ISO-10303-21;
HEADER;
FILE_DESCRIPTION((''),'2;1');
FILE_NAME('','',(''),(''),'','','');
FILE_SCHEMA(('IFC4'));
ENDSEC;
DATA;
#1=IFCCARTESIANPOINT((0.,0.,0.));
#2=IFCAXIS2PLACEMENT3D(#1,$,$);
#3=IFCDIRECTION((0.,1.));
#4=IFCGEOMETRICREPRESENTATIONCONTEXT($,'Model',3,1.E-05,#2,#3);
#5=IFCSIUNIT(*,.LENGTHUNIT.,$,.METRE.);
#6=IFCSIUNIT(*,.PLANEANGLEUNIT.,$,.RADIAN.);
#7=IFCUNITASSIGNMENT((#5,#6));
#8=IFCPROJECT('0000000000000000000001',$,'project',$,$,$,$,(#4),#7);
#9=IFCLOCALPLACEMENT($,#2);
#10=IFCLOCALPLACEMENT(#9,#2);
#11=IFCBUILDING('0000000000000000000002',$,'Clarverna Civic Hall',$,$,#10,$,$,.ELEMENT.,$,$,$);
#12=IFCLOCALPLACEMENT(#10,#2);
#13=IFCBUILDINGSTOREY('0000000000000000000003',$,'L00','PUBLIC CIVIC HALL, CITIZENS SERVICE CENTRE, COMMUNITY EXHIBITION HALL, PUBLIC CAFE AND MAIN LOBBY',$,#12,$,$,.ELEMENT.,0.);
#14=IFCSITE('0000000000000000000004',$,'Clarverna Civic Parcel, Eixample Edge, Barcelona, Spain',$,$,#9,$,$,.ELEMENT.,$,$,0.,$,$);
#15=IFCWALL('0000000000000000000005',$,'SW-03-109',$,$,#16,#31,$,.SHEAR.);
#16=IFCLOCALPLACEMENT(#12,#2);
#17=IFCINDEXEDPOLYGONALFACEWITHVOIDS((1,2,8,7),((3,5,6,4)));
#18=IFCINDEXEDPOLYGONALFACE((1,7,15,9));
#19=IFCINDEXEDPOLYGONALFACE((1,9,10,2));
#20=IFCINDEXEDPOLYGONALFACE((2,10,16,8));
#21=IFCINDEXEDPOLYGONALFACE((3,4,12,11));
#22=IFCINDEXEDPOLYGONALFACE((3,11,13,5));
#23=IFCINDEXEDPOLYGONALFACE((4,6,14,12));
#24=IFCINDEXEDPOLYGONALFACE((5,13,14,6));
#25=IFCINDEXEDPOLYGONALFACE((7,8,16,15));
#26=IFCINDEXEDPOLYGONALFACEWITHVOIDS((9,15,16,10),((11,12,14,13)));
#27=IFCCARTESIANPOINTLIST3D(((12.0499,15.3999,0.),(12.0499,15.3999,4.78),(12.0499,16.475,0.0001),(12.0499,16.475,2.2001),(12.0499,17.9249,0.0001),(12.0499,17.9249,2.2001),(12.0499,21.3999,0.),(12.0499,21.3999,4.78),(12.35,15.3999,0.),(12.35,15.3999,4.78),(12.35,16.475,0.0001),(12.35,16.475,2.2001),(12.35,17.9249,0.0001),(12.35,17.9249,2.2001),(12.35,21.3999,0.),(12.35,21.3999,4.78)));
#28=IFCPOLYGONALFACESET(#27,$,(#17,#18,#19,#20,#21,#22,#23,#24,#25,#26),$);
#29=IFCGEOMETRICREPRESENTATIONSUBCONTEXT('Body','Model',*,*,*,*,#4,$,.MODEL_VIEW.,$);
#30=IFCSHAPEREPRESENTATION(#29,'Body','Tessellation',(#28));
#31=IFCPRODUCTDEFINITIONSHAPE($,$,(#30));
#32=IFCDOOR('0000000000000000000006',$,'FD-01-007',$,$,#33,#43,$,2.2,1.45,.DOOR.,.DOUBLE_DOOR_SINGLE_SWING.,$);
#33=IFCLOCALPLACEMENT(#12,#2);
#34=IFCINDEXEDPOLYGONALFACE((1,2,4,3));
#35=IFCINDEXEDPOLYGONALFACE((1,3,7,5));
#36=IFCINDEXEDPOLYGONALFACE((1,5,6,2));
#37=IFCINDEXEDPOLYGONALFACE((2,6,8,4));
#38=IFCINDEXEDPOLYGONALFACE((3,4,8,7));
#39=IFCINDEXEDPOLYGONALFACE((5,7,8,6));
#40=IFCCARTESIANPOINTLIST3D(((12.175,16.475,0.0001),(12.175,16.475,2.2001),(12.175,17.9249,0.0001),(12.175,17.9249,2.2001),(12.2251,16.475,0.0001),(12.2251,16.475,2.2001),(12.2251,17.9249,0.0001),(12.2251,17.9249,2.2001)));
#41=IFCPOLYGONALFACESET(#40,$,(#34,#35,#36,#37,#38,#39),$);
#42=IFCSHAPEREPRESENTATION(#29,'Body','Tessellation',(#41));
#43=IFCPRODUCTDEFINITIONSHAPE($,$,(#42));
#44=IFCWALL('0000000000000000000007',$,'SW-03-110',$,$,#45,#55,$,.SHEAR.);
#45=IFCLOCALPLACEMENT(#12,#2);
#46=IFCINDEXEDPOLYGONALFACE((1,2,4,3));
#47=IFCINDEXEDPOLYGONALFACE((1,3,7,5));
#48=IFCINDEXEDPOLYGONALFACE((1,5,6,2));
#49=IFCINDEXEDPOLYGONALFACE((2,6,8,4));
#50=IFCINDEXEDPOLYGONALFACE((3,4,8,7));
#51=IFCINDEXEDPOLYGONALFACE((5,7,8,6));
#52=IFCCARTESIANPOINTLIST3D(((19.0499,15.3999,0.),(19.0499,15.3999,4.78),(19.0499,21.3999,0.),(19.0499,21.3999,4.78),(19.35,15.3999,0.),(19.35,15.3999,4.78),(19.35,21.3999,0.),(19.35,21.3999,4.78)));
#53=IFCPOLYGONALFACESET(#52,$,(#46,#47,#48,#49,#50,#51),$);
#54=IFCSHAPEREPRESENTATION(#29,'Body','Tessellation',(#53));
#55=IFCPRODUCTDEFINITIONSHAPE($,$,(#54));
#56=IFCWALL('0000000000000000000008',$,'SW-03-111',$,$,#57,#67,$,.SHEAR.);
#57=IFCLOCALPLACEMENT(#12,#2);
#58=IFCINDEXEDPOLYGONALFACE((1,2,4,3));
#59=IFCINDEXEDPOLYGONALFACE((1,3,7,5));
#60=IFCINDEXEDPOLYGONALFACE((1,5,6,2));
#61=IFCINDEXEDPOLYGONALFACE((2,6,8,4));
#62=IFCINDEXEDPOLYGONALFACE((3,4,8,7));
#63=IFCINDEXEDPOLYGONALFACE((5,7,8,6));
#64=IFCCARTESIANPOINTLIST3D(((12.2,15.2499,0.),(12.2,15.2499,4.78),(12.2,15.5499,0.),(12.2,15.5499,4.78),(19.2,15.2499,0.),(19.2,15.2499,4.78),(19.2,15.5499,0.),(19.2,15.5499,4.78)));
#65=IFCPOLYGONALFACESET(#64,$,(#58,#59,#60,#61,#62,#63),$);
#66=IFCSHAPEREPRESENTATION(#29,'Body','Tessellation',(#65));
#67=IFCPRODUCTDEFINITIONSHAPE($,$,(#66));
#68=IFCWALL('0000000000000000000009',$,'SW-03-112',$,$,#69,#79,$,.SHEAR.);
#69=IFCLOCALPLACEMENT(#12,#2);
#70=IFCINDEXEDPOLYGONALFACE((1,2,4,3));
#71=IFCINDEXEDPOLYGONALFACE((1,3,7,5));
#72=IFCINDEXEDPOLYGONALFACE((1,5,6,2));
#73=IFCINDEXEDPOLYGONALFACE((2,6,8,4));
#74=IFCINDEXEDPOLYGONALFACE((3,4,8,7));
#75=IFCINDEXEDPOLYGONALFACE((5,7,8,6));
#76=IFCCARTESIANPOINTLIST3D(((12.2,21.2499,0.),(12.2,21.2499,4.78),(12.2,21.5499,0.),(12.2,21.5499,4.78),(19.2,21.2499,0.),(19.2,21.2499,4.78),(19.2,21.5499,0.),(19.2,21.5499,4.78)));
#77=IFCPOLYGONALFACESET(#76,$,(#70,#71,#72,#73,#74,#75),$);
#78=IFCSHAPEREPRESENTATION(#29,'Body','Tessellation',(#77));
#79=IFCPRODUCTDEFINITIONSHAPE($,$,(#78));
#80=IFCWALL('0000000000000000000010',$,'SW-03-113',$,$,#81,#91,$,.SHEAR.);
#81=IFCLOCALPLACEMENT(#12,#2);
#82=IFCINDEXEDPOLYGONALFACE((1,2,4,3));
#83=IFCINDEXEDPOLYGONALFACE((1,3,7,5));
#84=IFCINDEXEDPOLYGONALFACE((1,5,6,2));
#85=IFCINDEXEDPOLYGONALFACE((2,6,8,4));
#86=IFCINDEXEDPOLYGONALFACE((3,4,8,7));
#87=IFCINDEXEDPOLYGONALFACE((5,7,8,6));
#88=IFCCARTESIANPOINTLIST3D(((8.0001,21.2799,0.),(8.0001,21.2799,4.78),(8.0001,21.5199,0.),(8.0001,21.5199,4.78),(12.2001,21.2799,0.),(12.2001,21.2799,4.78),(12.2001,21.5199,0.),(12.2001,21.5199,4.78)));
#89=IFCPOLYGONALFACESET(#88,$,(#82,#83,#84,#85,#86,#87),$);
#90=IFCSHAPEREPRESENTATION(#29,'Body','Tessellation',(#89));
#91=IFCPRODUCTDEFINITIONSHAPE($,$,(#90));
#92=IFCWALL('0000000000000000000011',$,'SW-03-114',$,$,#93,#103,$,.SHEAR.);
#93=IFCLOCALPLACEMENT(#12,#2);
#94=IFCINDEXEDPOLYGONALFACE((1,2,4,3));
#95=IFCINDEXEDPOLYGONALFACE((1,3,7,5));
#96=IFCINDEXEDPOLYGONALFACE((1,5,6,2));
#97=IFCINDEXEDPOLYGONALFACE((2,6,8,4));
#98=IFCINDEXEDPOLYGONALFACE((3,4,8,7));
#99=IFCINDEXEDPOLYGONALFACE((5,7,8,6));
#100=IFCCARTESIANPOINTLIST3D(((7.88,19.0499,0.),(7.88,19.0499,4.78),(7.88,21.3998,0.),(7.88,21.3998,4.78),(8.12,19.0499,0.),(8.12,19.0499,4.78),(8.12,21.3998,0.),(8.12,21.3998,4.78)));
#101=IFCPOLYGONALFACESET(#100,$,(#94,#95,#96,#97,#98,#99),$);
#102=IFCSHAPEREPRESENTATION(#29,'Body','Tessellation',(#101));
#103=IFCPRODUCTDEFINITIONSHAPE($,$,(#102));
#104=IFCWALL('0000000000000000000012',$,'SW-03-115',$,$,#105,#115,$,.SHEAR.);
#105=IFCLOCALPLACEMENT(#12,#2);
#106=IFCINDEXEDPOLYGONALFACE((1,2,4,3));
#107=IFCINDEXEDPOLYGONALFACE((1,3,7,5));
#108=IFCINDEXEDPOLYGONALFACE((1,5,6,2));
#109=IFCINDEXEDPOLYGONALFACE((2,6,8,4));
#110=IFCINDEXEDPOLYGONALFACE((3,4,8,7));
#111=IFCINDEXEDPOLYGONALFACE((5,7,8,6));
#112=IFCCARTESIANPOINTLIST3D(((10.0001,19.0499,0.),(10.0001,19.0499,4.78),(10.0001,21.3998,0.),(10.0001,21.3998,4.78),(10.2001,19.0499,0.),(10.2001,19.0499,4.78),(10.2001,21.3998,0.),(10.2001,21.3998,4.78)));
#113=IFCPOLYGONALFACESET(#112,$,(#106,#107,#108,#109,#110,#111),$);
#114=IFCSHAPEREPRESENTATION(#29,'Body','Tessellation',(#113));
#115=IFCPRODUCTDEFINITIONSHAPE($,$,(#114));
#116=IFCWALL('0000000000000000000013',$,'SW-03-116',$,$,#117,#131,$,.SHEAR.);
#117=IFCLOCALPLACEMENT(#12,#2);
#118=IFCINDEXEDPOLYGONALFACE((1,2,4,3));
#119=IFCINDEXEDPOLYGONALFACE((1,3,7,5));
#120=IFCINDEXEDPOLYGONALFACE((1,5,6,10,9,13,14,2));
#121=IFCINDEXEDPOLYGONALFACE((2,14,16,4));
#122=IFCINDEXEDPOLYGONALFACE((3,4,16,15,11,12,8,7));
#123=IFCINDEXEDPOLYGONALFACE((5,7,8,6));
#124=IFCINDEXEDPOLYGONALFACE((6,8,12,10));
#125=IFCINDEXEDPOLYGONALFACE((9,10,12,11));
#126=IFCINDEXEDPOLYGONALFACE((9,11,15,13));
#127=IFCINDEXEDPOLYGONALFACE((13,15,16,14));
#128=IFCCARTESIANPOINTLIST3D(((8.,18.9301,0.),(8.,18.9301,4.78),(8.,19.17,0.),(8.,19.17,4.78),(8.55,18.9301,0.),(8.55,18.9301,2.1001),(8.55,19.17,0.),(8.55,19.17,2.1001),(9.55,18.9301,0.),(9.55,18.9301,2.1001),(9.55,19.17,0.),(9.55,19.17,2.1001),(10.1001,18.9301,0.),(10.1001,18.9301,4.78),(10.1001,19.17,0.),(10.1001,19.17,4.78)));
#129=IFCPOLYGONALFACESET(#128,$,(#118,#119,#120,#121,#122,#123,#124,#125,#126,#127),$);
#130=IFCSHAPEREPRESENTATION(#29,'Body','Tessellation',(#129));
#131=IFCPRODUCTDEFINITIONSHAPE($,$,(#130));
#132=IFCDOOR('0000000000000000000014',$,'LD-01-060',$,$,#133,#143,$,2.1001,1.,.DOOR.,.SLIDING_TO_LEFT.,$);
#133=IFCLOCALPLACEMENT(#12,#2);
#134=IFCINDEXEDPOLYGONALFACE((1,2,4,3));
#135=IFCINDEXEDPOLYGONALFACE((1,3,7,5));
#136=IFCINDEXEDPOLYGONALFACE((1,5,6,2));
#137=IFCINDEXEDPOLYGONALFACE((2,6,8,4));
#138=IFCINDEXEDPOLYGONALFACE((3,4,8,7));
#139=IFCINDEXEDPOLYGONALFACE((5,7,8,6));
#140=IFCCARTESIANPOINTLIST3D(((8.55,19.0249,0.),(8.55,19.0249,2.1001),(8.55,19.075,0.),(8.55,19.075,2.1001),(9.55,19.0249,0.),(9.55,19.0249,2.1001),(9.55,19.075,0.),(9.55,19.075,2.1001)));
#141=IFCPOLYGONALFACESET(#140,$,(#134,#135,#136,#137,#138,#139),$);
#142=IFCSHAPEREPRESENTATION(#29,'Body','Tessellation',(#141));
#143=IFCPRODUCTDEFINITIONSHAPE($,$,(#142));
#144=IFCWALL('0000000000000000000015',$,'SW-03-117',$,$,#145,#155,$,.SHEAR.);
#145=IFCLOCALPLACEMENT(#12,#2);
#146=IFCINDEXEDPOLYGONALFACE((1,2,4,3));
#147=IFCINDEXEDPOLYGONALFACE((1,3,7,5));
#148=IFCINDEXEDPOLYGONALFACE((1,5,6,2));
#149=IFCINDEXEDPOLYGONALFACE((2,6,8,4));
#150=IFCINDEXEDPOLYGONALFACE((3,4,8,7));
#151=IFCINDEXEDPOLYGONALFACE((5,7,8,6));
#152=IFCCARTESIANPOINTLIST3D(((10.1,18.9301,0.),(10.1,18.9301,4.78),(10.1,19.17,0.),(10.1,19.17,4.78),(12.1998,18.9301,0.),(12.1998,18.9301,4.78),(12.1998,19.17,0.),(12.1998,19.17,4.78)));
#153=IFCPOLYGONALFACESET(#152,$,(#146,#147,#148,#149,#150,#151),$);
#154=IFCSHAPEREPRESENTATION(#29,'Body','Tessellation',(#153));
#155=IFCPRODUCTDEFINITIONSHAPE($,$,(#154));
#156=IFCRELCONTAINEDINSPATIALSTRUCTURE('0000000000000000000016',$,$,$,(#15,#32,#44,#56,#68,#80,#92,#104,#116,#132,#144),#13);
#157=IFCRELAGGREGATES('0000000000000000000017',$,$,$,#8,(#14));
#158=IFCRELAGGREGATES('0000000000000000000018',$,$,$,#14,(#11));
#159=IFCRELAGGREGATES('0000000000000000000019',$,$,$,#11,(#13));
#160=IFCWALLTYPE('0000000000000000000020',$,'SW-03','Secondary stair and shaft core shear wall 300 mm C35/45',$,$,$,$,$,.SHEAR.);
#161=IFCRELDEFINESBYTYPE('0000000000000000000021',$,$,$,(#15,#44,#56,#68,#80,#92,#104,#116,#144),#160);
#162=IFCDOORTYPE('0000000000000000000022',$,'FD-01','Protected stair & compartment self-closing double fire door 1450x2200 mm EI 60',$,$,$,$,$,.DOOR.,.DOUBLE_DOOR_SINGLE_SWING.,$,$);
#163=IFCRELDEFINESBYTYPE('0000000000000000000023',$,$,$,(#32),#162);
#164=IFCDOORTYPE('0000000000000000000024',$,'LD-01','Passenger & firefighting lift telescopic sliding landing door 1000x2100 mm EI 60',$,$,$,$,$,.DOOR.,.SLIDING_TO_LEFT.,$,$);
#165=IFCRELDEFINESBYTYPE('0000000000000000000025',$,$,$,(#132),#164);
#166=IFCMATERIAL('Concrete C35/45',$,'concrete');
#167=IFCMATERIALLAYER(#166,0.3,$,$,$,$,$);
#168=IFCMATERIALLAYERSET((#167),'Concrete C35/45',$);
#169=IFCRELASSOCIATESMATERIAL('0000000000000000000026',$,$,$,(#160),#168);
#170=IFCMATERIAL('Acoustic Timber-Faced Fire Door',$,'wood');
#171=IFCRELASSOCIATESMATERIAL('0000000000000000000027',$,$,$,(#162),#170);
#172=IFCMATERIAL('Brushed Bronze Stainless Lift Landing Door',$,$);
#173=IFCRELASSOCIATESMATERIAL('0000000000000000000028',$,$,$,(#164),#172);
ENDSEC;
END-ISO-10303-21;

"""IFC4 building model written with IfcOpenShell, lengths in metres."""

from ifc_helpers import new_model, si_unit, direction, frame, frame_2d, origin, place, context, subcontext, project, spatial, rectangle, extrude, material, layer, layer_set, type_object, element, fill, save


model = new_model("IFC4")

# Units and contexts
model_context = context("Model", 3, precision=1e-05, world=origin(), true_north=direction((0.0, 1.0)))
body_context = subcontext(model_context, "Body", "Model", "MODEL_VIEW")
ifc_project = project(units=[si_unit("LENGTHUNIT", "METRE"), si_unit("PLANEANGLEUNIT", "RADIAN")], contexts=[model_context])

# Site, building, storey
site_placement = place(None, origin())
site = spatial("IfcSite", under=ifc_project, at=site_placement, Name="Clarverna Civic Parcel, Eixample Edge, Barcelona, Spain", CompositionType="ELEMENT", RefElevation=0.0)
building_placement = place(site_placement, origin())
building = spatial("IfcBuilding", under=site, at=building_placement, Name="Clarverna Civic Hall", CompositionType="ELEMENT")
storey_placement = place(building_placement, origin())
storey = spatial("IfcBuildingStorey", under=building, at=storey_placement, Name="L00", Description="PUBLIC CIVIC HALL, CITIZENS SERVICE CENTRE, COMMUNITY EXHIBITION HALL, PUBLIC CAFE AND MAIN LOBBY", CompositionType="ELEMENT", Elevation=0.0)

# Wall, opening, door
ifc_material_1 = material(Name="Concrete C35/45", Category="concrete")
ifc_layer_1 = layer(ifc_material_1, 0.3)
ifc_layer_set_1 = layer_set([ifc_layer_1], Name="Concrete C35/45")
wall_type = type_object("IfcWallType", Name="SW-03", Description="Secondary stair and shaft core shear wall 300 mm C35/45", PredefinedType="SHEAR", material=ifc_layer_set_1)
wall_1_placement = place(storey_placement, frame((12.2, 15.3999, 0.0), z_axis=(0.0, 0.0, 1.0), x_axis=(0.0, 1.0, 0.0)))
wall_1 = element("IfcWall", 1, at=wall_1_placement, inside=storey, type_object=wall_type, Name="SW-03-109", PredefinedType="SHEAR", context=body_context, shape_type="SweptSolid", body=[
    extrude(rectangle(XDim=6.0, YDim=0.3, at=frame_2d((3.0, 0.0))), origin(), (0.0, 0.0, 1.0), 4.78),
])
opening_1_placement = place(wall_1_placement, frame((1.075, 0.0, 0.0)))
opening_1 = element("IfcOpeningElement", 2, at=opening_1_placement, cuts=wall_1, PredefinedType="OPENING", context=body_context, shape_type="SweptSolid", body=[
    extrude(rectangle(XDim=1.45, YDim=2.2, at=frame_2d((0.7251, 1.1001))), frame((0.0, 0.1599, 0.0), z_axis=(0.0, -1.0, 0.0), x_axis=(1.0, 0.0, 0.0)), (0.0, 0.0, 1.0), 0.3201),
])
ifc_material_2 = material(Name="Acoustic Timber-Faced Fire Door", Category="wood")
door_type_1 = type_object("IfcDoorType", Name="FD-01", Description="Protected stair & compartment self-closing double fire door 1450x2200 mm EI 60", OperationType="DOUBLE_DOOR_SINGLE_SWING", PredefinedType="DOOR", material=ifc_material_2)
door_1_placement = place(opening_1_placement, origin())
door_1 = element("IfcDoor", 3, at=door_1_placement, inside=storey, type_object=door_type_1, Name="FD-01-007", OperationType="DOUBLE_DOOR_SINGLE_SWING", OverallHeight=2.2, OverallWidth=1.45, PredefinedType="DOOR", context=body_context, shape_type="SweptSolid", body=[
    extrude(rectangle(XDim=1.45, YDim=2.2, at=frame_2d((0.7251, 1.1001))), frame((0.0, 0.0249, 0.0), z_axis=(0.0, -1.0, 0.0), x_axis=(1.0, 0.0, 0.0)), (0.0, 0.0, 1.0), 0.05),
])
fill(opening_1, door_1)

# Walls
wall_2_placement = place(storey_placement, frame((19.2, 15.3999, 0.0), z_axis=(0.0, 0.0, 1.0), x_axis=(0.0, 1.0, 0.0)))
element("IfcWall", 4, at=wall_2_placement, inside=storey, type_object=wall_type, Name="SW-03-110", PredefinedType="SHEAR", context=body_context, shape_type="SweptSolid", body=[
    extrude(rectangle(XDim=6.0, YDim=0.3, at=frame_2d((3.0, 0.0))), origin(), (0.0, 0.0, 1.0), 4.78),
])
for number, where, z_axis, x_axis, name in (
    (5, (12.2, 15.3999, 0.0), (0.0, 0.0, 1.0), (1.0, 0.0, 0.0), "SW-03-111"),
    (6, (12.2, 21.3999, 0.0), (0.0, 0.0, 1.0), (1.0, 0.0, 0.0), "SW-03-112"),
):
    element("IfcWall", number, at=place(storey_placement, frame(where, z_axis=z_axis, x_axis=x_axis)), inside=storey, type_object=wall_type, Name=name, PredefinedType="SHEAR", context=body_context, shape_type="SweptSolid", body=[
        extrude(rectangle(XDim=7.0, YDim=0.3, at=frame_2d((3.5, 0.0))), origin(), (0.0, 0.0, 1.0), 4.78),
    ])
wall_3_placement = place(storey_placement, frame((8.0, 21.3999, 0.0), z_axis=(0.0, 0.0, 1.0), x_axis=(1.0, 0.0, 0.0)))
element("IfcWall", 7, at=wall_3_placement, inside=storey, type_object=wall_type, Name="SW-03-113", PredefinedType="SHEAR", context=body_context, shape_type="SweptSolid", body=[
    extrude(rectangle(XDim=4.2, YDim=0.24, at=frame_2d((2.1001, 0.0))), origin(), (0.0, 0.0, 1.0), 4.78),
])
wall_4_placement = place(storey_placement, frame((8.0, 19.05, 0.0), z_axis=(0.0, 0.0, 1.0), x_axis=(0.0, 1.0, 0.0)))
element("IfcWall", 8, at=wall_4_placement, inside=storey, type_object=wall_type, Name="SW-03-114", PredefinedType="SHEAR", context=body_context, shape_type="SweptSolid", body=[
    extrude(rectangle(XDim=2.3499, YDim=0.24, at=frame_2d((1.1748, 0.0))), origin(), (0.0, 0.0, 1.0), 4.78),
])
wall_5_placement = place(storey_placement, frame((10.1001, 19.05, 0.0), z_axis=(0.0, 0.0, 1.0), x_axis=(0.0, 1.0, 0.0)))
element("IfcWall", 9, at=wall_5_placement, inside=storey, type_object=wall_type, Name="SW-03-115", PredefinedType="SHEAR", context=body_context, shape_type="SweptSolid", body=[
    extrude(rectangle(XDim=2.3499, YDim=0.2, at=frame_2d((1.1748, 0.0))), origin(), (0.0, 0.0, 1.0), 4.78),
])

# Wall, opening, door
wall_6_placement = place(storey_placement, frame((8.0, 19.05, 0.0), z_axis=(0.0, 0.0, 1.0), x_axis=(1.0, 0.0, 0.0)))
wall_6 = element("IfcWall", 10, at=wall_6_placement, inside=storey, type_object=wall_type, Name="SW-03-116", PredefinedType="SHEAR", context=body_context, shape_type="SweptSolid", body=[
    extrude(rectangle(XDim=2.1001, YDim=0.24, at=frame_2d((1.05, 0.0))), origin(), (0.0, 0.0, 1.0), 4.78),
])
opening_2_placement = place(wall_6_placement, frame((0.55, 0.0, 0.0)))
opening_2 = element("IfcOpeningElement", 11, at=opening_2_placement, cuts=wall_6, PredefinedType="OPENING", context=body_context, shape_type="SweptSolid", body=[
    extrude(rectangle(XDim=1.0, YDim=2.1001, at=frame_2d((0.5, 1.05))), frame((0.0, 0.1299, 0.0), z_axis=(0.0, -1.0, 0.0), x_axis=(1.0, 0.0, 0.0)), (0.0, 0.0, 1.0), 0.26),
])
ifc_material_3 = material(Name="Brushed Bronze Stainless Lift Landing Door")
door_type_2 = type_object("IfcDoorType", Name="LD-01", Description="Passenger & firefighting lift telescopic sliding landing door 1000x2100 mm EI 60", OperationType="SLIDING_TO_LEFT", PredefinedType="DOOR", material=ifc_material_3)
door_2_placement = place(opening_2_placement, origin())
door_2 = element("IfcDoor", 12, at=door_2_placement, inside=storey, type_object=door_type_2, Name="LD-01-060", OperationType="SLIDING_TO_LEFT", OverallHeight=2.1001, OverallWidth=1.0, PredefinedType="DOOR", context=body_context, shape_type="SweptSolid", body=[
    extrude(rectangle(XDim=1.0, YDim=2.1001, at=frame_2d((0.5, 1.05))), frame((0.0, 0.0249, 0.0), z_axis=(0.0, -1.0, 0.0), x_axis=(1.0, 0.0, 0.0)), (0.0, 0.0, 1.0), 0.05),
])
fill(opening_2, door_2)

# Wall
wall_7_placement = place(storey_placement, frame((10.1001, 19.05, 0.0), z_axis=(0.0, 0.0, 1.0), x_axis=(1.0, 0.0, 0.0)))
element("IfcWall", 13, at=wall_7_placement, inside=storey, type_object=wall_type, Name="SW-03-117", PredefinedType="SHEAR", context=body_context, shape_type="SweptSolid", body=[
    extrude(rectangle(XDim=2.0999, YDim=0.24, at=frame_2d((1.0498, 0.0))), origin(), (0.0, 0.0, 1.0), 4.78),
])

save(model, "model.ifc")
